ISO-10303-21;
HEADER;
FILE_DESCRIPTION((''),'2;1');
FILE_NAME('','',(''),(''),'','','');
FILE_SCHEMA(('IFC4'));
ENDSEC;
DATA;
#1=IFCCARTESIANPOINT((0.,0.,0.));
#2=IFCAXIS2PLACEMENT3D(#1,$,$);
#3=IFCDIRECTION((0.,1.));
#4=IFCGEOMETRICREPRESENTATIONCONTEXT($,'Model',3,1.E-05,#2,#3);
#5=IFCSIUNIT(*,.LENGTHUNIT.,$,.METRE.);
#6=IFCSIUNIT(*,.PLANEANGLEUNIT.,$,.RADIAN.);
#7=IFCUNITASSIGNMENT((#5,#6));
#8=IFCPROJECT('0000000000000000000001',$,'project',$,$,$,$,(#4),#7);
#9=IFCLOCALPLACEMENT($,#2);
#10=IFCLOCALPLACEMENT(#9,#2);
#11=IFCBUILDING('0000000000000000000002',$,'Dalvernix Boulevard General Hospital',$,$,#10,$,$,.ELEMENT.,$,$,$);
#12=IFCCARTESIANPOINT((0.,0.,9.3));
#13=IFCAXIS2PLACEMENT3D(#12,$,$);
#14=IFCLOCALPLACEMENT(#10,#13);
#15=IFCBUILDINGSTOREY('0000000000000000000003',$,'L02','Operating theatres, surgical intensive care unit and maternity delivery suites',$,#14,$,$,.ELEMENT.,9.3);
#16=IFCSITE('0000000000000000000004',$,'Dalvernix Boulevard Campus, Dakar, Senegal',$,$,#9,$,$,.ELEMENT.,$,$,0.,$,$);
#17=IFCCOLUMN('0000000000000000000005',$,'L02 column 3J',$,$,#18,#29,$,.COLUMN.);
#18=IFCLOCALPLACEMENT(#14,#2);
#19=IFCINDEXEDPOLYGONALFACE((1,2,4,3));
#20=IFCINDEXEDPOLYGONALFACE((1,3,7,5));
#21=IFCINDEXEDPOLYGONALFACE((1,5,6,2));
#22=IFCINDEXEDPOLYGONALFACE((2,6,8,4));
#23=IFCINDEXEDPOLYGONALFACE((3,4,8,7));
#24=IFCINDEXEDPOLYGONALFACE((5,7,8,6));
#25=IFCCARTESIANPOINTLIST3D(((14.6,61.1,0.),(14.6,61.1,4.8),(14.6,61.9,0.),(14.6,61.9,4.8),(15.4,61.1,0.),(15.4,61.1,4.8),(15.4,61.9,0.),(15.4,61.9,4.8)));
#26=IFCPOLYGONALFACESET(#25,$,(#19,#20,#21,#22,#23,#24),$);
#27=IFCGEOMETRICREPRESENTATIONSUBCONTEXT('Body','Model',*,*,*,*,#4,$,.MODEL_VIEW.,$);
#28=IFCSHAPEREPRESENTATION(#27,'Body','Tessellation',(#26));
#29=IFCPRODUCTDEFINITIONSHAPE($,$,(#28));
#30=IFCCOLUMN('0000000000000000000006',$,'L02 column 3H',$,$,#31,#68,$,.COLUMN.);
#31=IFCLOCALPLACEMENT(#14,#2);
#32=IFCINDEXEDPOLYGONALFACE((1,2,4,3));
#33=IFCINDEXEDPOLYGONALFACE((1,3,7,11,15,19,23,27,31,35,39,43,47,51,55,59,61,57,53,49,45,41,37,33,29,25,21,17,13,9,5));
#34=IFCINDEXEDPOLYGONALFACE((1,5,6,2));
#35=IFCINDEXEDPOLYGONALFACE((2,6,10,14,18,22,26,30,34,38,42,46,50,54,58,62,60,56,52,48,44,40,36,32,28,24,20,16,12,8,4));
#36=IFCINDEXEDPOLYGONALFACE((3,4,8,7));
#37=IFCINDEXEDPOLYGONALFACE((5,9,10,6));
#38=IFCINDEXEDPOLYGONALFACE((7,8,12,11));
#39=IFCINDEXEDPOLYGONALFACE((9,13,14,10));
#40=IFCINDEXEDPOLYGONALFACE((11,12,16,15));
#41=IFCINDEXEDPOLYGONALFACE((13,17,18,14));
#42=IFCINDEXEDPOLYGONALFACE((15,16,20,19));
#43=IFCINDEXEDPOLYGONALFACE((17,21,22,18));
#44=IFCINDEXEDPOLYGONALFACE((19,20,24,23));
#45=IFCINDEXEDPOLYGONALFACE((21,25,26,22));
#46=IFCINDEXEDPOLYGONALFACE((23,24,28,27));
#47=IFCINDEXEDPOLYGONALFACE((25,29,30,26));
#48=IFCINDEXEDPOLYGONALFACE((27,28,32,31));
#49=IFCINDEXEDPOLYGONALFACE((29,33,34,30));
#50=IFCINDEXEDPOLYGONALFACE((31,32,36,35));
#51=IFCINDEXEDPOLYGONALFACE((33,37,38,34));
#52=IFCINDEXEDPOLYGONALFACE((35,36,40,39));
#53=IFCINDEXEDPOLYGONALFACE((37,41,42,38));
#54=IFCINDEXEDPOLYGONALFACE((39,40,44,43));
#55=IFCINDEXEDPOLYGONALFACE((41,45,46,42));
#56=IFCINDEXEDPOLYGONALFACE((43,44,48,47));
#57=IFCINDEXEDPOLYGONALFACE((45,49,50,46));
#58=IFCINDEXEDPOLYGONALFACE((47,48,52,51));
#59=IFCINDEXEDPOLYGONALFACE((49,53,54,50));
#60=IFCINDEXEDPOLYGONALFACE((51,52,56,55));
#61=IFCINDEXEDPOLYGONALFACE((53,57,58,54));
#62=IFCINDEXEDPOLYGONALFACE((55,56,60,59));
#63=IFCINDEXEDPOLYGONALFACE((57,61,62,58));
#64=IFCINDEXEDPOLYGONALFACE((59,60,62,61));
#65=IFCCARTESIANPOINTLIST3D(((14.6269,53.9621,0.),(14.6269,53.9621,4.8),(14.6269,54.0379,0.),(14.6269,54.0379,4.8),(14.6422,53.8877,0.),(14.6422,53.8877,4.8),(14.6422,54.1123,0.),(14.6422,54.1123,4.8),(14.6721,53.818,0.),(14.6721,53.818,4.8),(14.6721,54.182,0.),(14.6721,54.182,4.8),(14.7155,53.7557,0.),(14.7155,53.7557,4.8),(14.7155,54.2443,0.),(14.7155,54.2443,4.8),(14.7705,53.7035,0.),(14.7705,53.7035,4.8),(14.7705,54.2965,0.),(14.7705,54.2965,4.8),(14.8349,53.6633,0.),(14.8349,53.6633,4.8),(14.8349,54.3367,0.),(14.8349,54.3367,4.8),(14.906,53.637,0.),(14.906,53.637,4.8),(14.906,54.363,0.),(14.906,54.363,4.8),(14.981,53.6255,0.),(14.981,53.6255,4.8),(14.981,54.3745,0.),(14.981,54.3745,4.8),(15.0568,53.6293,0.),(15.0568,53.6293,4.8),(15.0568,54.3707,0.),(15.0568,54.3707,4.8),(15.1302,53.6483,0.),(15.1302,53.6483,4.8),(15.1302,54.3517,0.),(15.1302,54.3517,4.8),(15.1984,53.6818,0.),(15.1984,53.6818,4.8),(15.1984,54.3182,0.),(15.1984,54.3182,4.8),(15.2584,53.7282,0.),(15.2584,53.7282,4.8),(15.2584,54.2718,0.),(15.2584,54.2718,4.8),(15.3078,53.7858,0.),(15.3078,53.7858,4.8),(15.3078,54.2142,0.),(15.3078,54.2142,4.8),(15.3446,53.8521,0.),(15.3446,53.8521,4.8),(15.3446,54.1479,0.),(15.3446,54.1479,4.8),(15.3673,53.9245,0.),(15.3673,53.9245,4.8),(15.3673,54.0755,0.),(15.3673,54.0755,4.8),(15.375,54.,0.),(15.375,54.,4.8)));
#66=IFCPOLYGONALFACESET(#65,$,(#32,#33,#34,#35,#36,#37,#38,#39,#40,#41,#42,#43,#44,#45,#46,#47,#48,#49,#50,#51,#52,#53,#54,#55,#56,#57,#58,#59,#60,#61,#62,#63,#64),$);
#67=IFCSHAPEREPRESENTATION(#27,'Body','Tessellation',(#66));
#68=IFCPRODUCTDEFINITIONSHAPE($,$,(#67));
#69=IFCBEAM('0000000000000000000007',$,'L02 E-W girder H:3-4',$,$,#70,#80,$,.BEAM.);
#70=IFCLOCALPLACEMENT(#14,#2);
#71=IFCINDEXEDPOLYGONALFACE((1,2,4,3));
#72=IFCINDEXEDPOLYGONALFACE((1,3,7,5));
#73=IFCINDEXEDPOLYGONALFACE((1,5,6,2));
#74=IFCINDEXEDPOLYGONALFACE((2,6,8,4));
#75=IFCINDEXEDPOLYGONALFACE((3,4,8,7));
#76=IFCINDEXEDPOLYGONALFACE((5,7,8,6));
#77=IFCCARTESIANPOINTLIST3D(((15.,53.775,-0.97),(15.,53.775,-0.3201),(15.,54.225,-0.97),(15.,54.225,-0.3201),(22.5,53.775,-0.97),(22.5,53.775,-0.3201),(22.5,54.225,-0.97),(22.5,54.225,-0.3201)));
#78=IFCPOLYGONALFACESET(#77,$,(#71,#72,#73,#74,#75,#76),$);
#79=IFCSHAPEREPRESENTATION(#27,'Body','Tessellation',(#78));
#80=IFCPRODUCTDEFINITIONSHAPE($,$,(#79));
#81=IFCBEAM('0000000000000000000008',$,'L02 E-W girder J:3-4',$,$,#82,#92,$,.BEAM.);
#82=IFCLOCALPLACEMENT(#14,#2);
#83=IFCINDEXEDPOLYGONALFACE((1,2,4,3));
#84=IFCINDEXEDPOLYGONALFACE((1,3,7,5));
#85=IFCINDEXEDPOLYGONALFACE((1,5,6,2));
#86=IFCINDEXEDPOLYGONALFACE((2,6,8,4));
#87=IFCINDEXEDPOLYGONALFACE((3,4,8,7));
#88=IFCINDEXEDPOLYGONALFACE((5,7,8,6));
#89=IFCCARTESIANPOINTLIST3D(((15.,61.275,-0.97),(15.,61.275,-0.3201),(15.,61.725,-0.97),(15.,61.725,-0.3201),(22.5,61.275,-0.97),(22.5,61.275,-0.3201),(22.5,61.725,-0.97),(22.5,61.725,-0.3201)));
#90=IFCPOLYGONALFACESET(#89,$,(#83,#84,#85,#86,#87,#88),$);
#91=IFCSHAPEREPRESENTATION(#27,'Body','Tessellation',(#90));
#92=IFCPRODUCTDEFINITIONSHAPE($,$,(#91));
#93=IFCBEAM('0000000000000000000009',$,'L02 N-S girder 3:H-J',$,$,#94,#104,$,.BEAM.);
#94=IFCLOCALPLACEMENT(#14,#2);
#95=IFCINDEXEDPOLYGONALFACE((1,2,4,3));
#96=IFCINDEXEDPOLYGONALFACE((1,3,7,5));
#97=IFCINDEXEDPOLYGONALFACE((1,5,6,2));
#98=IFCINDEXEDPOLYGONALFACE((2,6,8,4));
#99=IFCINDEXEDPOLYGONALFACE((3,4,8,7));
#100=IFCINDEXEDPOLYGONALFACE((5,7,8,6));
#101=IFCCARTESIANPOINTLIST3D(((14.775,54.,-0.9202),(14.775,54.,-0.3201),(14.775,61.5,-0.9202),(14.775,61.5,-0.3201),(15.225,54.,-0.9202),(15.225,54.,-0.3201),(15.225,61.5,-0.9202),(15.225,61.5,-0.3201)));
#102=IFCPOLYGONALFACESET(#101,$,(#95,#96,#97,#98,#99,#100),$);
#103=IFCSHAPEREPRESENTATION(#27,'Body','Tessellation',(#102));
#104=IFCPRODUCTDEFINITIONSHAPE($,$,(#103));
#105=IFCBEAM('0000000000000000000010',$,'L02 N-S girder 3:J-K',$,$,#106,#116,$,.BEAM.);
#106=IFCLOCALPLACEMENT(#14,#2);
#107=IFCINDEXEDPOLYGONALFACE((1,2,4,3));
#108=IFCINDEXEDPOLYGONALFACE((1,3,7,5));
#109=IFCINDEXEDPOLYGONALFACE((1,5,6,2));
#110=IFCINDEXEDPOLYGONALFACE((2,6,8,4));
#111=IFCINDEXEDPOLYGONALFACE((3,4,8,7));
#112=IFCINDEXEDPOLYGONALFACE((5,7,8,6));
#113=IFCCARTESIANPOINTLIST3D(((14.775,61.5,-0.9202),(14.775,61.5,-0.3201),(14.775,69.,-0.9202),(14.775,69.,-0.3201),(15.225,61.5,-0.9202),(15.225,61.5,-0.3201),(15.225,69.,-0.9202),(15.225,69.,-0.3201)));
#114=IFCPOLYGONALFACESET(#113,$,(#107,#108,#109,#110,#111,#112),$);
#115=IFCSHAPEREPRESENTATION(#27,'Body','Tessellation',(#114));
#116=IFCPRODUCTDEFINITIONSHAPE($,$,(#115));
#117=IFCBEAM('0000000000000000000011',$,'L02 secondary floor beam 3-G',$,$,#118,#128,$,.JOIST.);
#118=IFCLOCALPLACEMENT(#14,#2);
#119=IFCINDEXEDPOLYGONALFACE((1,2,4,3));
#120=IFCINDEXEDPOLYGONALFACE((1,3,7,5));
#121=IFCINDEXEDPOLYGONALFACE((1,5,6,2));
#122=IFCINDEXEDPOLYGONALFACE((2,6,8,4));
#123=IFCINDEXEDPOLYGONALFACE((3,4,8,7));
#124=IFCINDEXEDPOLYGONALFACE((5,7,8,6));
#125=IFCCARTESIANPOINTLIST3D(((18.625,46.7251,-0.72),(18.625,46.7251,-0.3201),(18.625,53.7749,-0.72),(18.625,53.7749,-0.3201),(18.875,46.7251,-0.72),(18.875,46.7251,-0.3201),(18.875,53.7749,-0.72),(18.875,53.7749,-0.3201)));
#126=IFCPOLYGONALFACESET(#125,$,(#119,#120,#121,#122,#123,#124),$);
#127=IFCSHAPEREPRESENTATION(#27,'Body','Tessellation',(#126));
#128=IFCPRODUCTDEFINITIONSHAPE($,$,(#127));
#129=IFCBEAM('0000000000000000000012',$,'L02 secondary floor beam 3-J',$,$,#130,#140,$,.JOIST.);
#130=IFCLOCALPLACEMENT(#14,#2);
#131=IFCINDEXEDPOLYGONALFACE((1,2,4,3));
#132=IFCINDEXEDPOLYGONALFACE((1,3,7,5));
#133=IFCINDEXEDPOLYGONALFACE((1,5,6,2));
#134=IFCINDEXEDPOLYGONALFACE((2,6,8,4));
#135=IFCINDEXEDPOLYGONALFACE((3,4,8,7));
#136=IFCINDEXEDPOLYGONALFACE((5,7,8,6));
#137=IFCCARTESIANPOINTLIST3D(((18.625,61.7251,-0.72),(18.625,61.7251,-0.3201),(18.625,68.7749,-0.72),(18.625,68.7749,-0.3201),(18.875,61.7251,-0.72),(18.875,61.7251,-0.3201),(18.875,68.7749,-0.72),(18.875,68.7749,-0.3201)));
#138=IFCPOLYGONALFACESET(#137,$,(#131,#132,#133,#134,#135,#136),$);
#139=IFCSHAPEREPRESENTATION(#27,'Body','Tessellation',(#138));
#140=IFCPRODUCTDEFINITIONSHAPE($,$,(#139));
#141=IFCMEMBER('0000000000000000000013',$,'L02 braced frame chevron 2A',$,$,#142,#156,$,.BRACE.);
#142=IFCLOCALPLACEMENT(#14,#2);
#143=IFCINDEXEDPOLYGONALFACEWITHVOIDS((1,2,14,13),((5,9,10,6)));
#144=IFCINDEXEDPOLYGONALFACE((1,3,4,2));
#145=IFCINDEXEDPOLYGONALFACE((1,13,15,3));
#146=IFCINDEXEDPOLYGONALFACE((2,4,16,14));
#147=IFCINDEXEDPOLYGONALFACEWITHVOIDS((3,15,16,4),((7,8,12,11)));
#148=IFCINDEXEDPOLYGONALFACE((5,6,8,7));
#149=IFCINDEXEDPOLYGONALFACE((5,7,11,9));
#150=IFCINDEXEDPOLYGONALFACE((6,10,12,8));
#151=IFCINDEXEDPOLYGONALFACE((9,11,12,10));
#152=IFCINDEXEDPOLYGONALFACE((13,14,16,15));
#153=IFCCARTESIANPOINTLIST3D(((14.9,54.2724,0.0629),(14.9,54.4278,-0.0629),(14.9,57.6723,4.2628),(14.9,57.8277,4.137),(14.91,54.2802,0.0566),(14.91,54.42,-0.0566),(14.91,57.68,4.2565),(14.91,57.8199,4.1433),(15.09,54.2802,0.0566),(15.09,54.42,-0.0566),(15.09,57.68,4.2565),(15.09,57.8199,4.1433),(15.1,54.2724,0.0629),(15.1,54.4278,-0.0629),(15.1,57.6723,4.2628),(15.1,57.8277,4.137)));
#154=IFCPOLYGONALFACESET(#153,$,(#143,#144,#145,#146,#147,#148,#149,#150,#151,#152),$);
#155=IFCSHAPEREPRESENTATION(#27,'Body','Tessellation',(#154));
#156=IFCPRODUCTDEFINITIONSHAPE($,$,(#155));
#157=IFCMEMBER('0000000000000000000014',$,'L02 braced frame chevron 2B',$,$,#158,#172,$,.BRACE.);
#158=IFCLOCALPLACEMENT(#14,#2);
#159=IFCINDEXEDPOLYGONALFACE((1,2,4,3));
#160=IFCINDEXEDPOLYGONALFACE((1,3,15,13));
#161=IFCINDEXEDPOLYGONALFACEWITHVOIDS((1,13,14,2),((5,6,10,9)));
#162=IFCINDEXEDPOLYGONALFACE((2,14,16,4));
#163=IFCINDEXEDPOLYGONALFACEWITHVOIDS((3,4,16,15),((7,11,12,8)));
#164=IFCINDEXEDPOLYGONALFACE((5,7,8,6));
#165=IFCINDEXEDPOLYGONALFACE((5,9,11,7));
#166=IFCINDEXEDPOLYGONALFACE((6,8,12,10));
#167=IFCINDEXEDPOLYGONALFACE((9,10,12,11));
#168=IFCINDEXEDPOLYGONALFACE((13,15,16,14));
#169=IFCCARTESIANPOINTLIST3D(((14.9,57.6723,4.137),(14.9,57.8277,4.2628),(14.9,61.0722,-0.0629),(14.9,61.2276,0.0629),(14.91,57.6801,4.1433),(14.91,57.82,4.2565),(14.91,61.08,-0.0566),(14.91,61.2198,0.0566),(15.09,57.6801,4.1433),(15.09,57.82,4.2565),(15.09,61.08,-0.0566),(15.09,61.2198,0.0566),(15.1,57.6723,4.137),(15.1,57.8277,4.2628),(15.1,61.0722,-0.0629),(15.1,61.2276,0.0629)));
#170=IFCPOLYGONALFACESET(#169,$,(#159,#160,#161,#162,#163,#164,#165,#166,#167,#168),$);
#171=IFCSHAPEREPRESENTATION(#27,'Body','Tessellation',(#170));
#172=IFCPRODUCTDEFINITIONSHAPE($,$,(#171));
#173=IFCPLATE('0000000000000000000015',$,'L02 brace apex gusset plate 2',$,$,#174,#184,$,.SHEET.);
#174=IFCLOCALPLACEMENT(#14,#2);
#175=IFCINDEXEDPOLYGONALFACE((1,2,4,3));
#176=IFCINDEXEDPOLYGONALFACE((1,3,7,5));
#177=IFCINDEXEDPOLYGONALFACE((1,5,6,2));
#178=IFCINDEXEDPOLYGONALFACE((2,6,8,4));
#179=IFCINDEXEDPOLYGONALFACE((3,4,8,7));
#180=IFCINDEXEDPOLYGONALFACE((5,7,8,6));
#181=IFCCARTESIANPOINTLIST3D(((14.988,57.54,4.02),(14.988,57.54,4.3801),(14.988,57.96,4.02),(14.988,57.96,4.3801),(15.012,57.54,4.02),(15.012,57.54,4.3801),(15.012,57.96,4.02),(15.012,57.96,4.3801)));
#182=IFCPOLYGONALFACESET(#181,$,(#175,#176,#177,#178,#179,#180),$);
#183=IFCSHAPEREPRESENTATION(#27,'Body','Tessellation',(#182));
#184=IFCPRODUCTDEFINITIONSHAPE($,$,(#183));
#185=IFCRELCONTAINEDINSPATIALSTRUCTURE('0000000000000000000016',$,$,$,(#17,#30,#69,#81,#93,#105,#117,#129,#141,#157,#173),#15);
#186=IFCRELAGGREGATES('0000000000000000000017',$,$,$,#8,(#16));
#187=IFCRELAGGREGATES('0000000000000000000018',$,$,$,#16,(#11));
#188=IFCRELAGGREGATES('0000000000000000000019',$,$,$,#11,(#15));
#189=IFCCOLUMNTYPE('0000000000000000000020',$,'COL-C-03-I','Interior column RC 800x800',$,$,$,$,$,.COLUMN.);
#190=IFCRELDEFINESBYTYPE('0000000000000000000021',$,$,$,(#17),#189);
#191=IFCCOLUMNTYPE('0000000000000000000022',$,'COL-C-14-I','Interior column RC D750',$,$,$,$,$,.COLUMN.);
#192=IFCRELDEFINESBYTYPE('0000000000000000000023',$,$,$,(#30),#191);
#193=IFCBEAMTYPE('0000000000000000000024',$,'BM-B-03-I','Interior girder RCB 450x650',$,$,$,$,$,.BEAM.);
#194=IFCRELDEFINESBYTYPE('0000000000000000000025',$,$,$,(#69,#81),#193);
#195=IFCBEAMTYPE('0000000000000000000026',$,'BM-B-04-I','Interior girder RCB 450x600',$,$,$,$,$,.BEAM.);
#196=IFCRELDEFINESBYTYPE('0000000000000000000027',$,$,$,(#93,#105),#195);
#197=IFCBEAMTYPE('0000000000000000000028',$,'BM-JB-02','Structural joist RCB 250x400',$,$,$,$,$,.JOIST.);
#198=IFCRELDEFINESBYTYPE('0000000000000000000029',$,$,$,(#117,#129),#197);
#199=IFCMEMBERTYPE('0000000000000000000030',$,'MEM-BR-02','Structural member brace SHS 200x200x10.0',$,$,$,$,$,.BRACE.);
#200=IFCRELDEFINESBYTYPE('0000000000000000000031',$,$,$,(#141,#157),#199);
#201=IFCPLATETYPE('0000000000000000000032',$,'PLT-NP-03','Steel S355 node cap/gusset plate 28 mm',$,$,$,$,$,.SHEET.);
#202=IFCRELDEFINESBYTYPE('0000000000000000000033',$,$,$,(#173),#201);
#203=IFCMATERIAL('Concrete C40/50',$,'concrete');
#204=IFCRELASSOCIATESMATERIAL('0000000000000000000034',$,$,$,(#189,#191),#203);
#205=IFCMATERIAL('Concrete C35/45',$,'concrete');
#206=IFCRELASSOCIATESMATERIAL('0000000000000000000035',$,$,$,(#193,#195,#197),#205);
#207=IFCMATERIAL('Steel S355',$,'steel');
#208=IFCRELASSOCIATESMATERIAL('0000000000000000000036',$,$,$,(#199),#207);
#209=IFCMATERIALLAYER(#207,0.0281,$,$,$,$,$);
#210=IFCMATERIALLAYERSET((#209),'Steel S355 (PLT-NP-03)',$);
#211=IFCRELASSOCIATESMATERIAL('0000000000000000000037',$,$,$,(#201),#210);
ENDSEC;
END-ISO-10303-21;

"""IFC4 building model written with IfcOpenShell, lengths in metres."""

from ifc_helpers import new_model, si_unit, direction, frame, origin, origin_2d, place, context, subcontext, project, spatial, rectangle, hollow_rectangle, circle, extrude, material, layer, layer_set, material_profile, profile_set, type_object, element, save


model = new_model("IFC4")

# Units and contexts
model_context = context("Model", 3, precision=1e-05, world=origin(), true_north=direction((0.0, 1.0)))
body_context = subcontext(model_context, "Body", "Model", "MODEL_VIEW")
ifc_project = project(units=[si_unit("LENGTHUNIT", "METRE"), si_unit("PLANEANGLEUNIT", "RADIAN")], contexts=[model_context])

# Site, building, storey
site_placement = place(None, origin())
site = spatial("IfcSite", under=ifc_project, at=site_placement, Name="Dalvernix Boulevard Campus, Dakar, Senegal", CompositionType="ELEMENT", RefElevation=0.0)
building_placement = place(site_placement, origin())
building = spatial("IfcBuilding", under=site, at=building_placement, Name="Dalvernix Boulevard General Hospital", CompositionType="ELEMENT")
storey_placement = place(building_placement, frame((0.0, 0.0, 9.3)))
storey = spatial("IfcBuildingStorey", under=building, at=storey_placement, Name="L02", Description="Operating theatres, surgical intensive care unit and maternity delivery suites", CompositionType="ELEMENT", Elevation=9.3)

# Columns
ifc_material_1 = material(Name="Concrete C40/50", Category="concrete")
ifc_material_profile_1 = material_profile(ifc_material_1, rectangle(XDim=0.8, YDim=0.8, at=origin_2d()), Name="RC 800x800")
ifc_profile_set_1 = profile_set([ifc_material_profile_1], Name="Concrete C40/50")
column_type_1 = type_object("IfcColumnType", Name="COL-C-03-I", Description="Interior column RC 800x800", PredefinedType="COLUMN", material=ifc_profile_set_1)
column_1_placement = place(storey_placement, frame((15.0, 61.5, 0.0), z_axis=(0.0, 0.0, 1.0), x_axis=(1.0, 0.0, 0.0)))
element("IfcColumn", 1, at=column_1_placement, inside=storey, type_object=column_type_1, Name="L02 column 3J", PredefinedType="COLUMN", context=body_context, shape_type="SweptSolid", body=[
    extrude(rectangle(XDim=0.8, YDim=0.8, at=origin_2d()), origin(), (0.0, 0.0, 1.0), 4.8),
])
ifc_material_profile_2 = material_profile(ifc_material_1, circle(Radius=0.375, at=origin_2d()), Name="RC D750")
ifc_profile_set_2 = profile_set([ifc_material_profile_2], Name="Concrete C40/50")
column_type_2 = type_object("IfcColumnType", Name="COL-C-14-I", Description="Interior column RC D750", PredefinedType="COLUMN", material=ifc_profile_set_2)
column_2_placement = place(storey_placement, frame((15.0, 54.0, 0.0), z_axis=(0.0, 0.0, 1.0), x_axis=(1.0, 0.0, 0.0)))
element("IfcColumn", 2, at=column_2_placement, inside=storey, type_object=column_type_2, Name="L02 column 3H", PredefinedType="COLUMN", context=body_context, shape_type="SweptSolid", body=[
    extrude(circle(Radius=0.375, at=origin_2d()), origin(), (0.0, 0.0, 1.0), 4.8),
])

# Beams
ifc_material_2 = material(Name="Concrete C35/45", Category="concrete")
ifc_material_profile_3 = material_profile(ifc_material_2, rectangle(XDim=0.45, YDim=0.6499, at=origin_2d()), Name="RCB 450x650")
ifc_profile_set_3 = profile_set([ifc_material_profile_3], Name="Concrete C35/45")
beam_type_1 = type_object("IfcBeamType", Name="BM-B-03-I", Description="Interior girder RCB 450x650", PredefinedType="BEAM", material=ifc_profile_set_3)
for number, where, z_axis, x_axis, name in (
    (3, (15.0, 54.0, -0.645), (1.0, 0.0, 0.0), (0.0, 1.0, 0.0), "L02 E-W girder H:3-4"),
    (4, (15.0, 61.5, -0.645), (1.0, 0.0, 0.0), (0.0, 1.0, 0.0), "L02 E-W girder J:3-4"),
):
    element("IfcBeam", number, at=place(storey_placement, frame(where, z_axis=z_axis, x_axis=x_axis)), inside=storey, type_object=beam_type_1, Name=name, PredefinedType="BEAM", context=body_context, shape_type="SweptSolid", body=[
        extrude(rectangle(XDim=0.45, YDim=0.6499, at=origin_2d()), origin(), (0.0, 0.0, 1.0), 7.5),
    ])
ifc_material_profile_4 = material_profile(ifc_material_2, rectangle(XDim=0.45, YDim=0.6001, at=origin_2d()), Name="RCB 450x600")
ifc_profile_set_4 = profile_set([ifc_material_profile_4], Name="Concrete C35/45")
beam_type_2 = type_object("IfcBeamType", Name="BM-B-04-I", Description="Interior girder RCB 450x600", PredefinedType="BEAM", material=ifc_profile_set_4)
for number, where, z_axis, x_axis, name in (
    (5, (15.0, 54.0, -0.6201), (0.0, 1.0, 0.0), (-1.0, 0.0, 0.0), "L02 N-S girder 3:H-J"),
    (6, (15.0, 61.5, -0.6201), (0.0, 1.0, 0.0), (-1.0, 0.0, 0.0), "L02 N-S girder 3:J-K"),
):
    element("IfcBeam", number, at=place(storey_placement, frame(where, z_axis=z_axis, x_axis=x_axis)), inside=storey, type_object=beam_type_2, Name=name, PredefinedType="BEAM", context=body_context, shape_type="SweptSolid", body=[
        extrude(rectangle(XDim=0.45, YDim=0.6001, at=origin_2d()), origin(), (0.0, 0.0, 1.0), 7.5),
    ])
ifc_material_profile_5 = material_profile(ifc_material_2, rectangle(XDim=0.25, YDim=0.3999, at=origin_2d()), Name="RCB 250x400")
ifc_profile_set_5 = profile_set([ifc_material_profile_5], Name="Concrete C35/45")
beam_type_3 = type_object("IfcBeamType", Name="BM-JB-02", Description="Structural joist RCB 250x400", PredefinedType="JOIST", material=ifc_profile_set_5)
for number, where, z_axis, x_axis, name in (
    (7, (18.75, 46.7251, -0.52), (0.0, 1.0, 0.0), (-1.0, 0.0, 0.0), "L02 secondary floor beam 3-G"),
    (8, (18.75, 61.7251, -0.52), (0.0, 1.0, 0.0), (-1.0, 0.0, 0.0), "L02 secondary floor beam 3-J"),
):
    element("IfcBeam", number, at=place(storey_placement, frame(where, z_axis=z_axis, x_axis=x_axis)), inside=storey, type_object=beam_type_3, Name=name, PredefinedType="JOIST", context=body_context, shape_type="SweptSolid", body=[
        extrude(rectangle(XDim=0.25, YDim=0.3999, at=origin_2d()), origin(), (0.0, 0.0, 1.0), 7.0498),
    ])

# Members
ifc_material_3 = material(Name="Steel S355", Category="steel")
ifc_material_profile_6 = material_profile(ifc_material_3, hollow_rectangle(XDim=0.2, YDim=0.2, WallThickness=0.01, at=origin_2d()), Name="SHS 200x200x10.0")
ifc_profile_set_6 = profile_set([ifc_material_profile_6], Name="Steel S355")
member_type = type_object("IfcMemberType", Name="MEM-BR-02", Description="Structural member brace SHS 200x200x10.0", PredefinedType="BRACE", material=ifc_profile_set_6)
for number, where, z_axis, x_axis, name in (
    (9, (15.0, 54.3501, 0.0), (0.0, 0.629192, 0.77725), (-1.0, 0.0, 0.0), "L02 braced frame chevron 2A"),
    (10, (15.0, 61.1499, 0.0), (0.0, -0.629192, 0.77725), (1.0, 0.0, 0.0), "L02 braced frame chevron 2B"),
):
    element("IfcMember", number, at=place(storey_placement, frame(where, z_axis=z_axis, x_axis=x_axis)), inside=storey, type_object=member_type, Name=name, PredefinedType="BRACE", context=body_context, shape_type="SweptSolid", body=[
        extrude(hollow_rectangle(XDim=0.2, YDim=0.2, WallThickness=0.01, at=origin_2d()), origin(), (0.0, 0.0, 1.0), 5.4036),
    ])

# Plate
ifc_layer_1 = layer(ifc_material_3, 0.0281)
ifc_layer_set_1 = layer_set([ifc_layer_1], Name="Steel S355 (PLT-NP-03)")
plate_type = type_object("IfcPlateType", Name="PLT-NP-03", Description="Steel S355 node cap/gusset plate 28 mm", PredefinedType="SHEET", material=ifc_layer_set_1)
plate_placement = place(storey_placement, frame((15.0, 57.75, 4.02), z_axis=(0.0, 0.0, 1.0), x_axis=(0.0, 1.0, 0.0)))
element("IfcPlate", 11, at=plate_placement, inside=storey, type_object=plate_type, Name="L02 brace apex gusset plate 2", PredefinedType="SHEET", context=body_context, shape_type="SweptSolid", body=[
    extrude(rectangle(XDim=0.4199, YDim=0.0239, at=origin_2d()), origin(), (0.0, 0.0, 1.0), 0.3601),
])

save(model, "model.ifc")
